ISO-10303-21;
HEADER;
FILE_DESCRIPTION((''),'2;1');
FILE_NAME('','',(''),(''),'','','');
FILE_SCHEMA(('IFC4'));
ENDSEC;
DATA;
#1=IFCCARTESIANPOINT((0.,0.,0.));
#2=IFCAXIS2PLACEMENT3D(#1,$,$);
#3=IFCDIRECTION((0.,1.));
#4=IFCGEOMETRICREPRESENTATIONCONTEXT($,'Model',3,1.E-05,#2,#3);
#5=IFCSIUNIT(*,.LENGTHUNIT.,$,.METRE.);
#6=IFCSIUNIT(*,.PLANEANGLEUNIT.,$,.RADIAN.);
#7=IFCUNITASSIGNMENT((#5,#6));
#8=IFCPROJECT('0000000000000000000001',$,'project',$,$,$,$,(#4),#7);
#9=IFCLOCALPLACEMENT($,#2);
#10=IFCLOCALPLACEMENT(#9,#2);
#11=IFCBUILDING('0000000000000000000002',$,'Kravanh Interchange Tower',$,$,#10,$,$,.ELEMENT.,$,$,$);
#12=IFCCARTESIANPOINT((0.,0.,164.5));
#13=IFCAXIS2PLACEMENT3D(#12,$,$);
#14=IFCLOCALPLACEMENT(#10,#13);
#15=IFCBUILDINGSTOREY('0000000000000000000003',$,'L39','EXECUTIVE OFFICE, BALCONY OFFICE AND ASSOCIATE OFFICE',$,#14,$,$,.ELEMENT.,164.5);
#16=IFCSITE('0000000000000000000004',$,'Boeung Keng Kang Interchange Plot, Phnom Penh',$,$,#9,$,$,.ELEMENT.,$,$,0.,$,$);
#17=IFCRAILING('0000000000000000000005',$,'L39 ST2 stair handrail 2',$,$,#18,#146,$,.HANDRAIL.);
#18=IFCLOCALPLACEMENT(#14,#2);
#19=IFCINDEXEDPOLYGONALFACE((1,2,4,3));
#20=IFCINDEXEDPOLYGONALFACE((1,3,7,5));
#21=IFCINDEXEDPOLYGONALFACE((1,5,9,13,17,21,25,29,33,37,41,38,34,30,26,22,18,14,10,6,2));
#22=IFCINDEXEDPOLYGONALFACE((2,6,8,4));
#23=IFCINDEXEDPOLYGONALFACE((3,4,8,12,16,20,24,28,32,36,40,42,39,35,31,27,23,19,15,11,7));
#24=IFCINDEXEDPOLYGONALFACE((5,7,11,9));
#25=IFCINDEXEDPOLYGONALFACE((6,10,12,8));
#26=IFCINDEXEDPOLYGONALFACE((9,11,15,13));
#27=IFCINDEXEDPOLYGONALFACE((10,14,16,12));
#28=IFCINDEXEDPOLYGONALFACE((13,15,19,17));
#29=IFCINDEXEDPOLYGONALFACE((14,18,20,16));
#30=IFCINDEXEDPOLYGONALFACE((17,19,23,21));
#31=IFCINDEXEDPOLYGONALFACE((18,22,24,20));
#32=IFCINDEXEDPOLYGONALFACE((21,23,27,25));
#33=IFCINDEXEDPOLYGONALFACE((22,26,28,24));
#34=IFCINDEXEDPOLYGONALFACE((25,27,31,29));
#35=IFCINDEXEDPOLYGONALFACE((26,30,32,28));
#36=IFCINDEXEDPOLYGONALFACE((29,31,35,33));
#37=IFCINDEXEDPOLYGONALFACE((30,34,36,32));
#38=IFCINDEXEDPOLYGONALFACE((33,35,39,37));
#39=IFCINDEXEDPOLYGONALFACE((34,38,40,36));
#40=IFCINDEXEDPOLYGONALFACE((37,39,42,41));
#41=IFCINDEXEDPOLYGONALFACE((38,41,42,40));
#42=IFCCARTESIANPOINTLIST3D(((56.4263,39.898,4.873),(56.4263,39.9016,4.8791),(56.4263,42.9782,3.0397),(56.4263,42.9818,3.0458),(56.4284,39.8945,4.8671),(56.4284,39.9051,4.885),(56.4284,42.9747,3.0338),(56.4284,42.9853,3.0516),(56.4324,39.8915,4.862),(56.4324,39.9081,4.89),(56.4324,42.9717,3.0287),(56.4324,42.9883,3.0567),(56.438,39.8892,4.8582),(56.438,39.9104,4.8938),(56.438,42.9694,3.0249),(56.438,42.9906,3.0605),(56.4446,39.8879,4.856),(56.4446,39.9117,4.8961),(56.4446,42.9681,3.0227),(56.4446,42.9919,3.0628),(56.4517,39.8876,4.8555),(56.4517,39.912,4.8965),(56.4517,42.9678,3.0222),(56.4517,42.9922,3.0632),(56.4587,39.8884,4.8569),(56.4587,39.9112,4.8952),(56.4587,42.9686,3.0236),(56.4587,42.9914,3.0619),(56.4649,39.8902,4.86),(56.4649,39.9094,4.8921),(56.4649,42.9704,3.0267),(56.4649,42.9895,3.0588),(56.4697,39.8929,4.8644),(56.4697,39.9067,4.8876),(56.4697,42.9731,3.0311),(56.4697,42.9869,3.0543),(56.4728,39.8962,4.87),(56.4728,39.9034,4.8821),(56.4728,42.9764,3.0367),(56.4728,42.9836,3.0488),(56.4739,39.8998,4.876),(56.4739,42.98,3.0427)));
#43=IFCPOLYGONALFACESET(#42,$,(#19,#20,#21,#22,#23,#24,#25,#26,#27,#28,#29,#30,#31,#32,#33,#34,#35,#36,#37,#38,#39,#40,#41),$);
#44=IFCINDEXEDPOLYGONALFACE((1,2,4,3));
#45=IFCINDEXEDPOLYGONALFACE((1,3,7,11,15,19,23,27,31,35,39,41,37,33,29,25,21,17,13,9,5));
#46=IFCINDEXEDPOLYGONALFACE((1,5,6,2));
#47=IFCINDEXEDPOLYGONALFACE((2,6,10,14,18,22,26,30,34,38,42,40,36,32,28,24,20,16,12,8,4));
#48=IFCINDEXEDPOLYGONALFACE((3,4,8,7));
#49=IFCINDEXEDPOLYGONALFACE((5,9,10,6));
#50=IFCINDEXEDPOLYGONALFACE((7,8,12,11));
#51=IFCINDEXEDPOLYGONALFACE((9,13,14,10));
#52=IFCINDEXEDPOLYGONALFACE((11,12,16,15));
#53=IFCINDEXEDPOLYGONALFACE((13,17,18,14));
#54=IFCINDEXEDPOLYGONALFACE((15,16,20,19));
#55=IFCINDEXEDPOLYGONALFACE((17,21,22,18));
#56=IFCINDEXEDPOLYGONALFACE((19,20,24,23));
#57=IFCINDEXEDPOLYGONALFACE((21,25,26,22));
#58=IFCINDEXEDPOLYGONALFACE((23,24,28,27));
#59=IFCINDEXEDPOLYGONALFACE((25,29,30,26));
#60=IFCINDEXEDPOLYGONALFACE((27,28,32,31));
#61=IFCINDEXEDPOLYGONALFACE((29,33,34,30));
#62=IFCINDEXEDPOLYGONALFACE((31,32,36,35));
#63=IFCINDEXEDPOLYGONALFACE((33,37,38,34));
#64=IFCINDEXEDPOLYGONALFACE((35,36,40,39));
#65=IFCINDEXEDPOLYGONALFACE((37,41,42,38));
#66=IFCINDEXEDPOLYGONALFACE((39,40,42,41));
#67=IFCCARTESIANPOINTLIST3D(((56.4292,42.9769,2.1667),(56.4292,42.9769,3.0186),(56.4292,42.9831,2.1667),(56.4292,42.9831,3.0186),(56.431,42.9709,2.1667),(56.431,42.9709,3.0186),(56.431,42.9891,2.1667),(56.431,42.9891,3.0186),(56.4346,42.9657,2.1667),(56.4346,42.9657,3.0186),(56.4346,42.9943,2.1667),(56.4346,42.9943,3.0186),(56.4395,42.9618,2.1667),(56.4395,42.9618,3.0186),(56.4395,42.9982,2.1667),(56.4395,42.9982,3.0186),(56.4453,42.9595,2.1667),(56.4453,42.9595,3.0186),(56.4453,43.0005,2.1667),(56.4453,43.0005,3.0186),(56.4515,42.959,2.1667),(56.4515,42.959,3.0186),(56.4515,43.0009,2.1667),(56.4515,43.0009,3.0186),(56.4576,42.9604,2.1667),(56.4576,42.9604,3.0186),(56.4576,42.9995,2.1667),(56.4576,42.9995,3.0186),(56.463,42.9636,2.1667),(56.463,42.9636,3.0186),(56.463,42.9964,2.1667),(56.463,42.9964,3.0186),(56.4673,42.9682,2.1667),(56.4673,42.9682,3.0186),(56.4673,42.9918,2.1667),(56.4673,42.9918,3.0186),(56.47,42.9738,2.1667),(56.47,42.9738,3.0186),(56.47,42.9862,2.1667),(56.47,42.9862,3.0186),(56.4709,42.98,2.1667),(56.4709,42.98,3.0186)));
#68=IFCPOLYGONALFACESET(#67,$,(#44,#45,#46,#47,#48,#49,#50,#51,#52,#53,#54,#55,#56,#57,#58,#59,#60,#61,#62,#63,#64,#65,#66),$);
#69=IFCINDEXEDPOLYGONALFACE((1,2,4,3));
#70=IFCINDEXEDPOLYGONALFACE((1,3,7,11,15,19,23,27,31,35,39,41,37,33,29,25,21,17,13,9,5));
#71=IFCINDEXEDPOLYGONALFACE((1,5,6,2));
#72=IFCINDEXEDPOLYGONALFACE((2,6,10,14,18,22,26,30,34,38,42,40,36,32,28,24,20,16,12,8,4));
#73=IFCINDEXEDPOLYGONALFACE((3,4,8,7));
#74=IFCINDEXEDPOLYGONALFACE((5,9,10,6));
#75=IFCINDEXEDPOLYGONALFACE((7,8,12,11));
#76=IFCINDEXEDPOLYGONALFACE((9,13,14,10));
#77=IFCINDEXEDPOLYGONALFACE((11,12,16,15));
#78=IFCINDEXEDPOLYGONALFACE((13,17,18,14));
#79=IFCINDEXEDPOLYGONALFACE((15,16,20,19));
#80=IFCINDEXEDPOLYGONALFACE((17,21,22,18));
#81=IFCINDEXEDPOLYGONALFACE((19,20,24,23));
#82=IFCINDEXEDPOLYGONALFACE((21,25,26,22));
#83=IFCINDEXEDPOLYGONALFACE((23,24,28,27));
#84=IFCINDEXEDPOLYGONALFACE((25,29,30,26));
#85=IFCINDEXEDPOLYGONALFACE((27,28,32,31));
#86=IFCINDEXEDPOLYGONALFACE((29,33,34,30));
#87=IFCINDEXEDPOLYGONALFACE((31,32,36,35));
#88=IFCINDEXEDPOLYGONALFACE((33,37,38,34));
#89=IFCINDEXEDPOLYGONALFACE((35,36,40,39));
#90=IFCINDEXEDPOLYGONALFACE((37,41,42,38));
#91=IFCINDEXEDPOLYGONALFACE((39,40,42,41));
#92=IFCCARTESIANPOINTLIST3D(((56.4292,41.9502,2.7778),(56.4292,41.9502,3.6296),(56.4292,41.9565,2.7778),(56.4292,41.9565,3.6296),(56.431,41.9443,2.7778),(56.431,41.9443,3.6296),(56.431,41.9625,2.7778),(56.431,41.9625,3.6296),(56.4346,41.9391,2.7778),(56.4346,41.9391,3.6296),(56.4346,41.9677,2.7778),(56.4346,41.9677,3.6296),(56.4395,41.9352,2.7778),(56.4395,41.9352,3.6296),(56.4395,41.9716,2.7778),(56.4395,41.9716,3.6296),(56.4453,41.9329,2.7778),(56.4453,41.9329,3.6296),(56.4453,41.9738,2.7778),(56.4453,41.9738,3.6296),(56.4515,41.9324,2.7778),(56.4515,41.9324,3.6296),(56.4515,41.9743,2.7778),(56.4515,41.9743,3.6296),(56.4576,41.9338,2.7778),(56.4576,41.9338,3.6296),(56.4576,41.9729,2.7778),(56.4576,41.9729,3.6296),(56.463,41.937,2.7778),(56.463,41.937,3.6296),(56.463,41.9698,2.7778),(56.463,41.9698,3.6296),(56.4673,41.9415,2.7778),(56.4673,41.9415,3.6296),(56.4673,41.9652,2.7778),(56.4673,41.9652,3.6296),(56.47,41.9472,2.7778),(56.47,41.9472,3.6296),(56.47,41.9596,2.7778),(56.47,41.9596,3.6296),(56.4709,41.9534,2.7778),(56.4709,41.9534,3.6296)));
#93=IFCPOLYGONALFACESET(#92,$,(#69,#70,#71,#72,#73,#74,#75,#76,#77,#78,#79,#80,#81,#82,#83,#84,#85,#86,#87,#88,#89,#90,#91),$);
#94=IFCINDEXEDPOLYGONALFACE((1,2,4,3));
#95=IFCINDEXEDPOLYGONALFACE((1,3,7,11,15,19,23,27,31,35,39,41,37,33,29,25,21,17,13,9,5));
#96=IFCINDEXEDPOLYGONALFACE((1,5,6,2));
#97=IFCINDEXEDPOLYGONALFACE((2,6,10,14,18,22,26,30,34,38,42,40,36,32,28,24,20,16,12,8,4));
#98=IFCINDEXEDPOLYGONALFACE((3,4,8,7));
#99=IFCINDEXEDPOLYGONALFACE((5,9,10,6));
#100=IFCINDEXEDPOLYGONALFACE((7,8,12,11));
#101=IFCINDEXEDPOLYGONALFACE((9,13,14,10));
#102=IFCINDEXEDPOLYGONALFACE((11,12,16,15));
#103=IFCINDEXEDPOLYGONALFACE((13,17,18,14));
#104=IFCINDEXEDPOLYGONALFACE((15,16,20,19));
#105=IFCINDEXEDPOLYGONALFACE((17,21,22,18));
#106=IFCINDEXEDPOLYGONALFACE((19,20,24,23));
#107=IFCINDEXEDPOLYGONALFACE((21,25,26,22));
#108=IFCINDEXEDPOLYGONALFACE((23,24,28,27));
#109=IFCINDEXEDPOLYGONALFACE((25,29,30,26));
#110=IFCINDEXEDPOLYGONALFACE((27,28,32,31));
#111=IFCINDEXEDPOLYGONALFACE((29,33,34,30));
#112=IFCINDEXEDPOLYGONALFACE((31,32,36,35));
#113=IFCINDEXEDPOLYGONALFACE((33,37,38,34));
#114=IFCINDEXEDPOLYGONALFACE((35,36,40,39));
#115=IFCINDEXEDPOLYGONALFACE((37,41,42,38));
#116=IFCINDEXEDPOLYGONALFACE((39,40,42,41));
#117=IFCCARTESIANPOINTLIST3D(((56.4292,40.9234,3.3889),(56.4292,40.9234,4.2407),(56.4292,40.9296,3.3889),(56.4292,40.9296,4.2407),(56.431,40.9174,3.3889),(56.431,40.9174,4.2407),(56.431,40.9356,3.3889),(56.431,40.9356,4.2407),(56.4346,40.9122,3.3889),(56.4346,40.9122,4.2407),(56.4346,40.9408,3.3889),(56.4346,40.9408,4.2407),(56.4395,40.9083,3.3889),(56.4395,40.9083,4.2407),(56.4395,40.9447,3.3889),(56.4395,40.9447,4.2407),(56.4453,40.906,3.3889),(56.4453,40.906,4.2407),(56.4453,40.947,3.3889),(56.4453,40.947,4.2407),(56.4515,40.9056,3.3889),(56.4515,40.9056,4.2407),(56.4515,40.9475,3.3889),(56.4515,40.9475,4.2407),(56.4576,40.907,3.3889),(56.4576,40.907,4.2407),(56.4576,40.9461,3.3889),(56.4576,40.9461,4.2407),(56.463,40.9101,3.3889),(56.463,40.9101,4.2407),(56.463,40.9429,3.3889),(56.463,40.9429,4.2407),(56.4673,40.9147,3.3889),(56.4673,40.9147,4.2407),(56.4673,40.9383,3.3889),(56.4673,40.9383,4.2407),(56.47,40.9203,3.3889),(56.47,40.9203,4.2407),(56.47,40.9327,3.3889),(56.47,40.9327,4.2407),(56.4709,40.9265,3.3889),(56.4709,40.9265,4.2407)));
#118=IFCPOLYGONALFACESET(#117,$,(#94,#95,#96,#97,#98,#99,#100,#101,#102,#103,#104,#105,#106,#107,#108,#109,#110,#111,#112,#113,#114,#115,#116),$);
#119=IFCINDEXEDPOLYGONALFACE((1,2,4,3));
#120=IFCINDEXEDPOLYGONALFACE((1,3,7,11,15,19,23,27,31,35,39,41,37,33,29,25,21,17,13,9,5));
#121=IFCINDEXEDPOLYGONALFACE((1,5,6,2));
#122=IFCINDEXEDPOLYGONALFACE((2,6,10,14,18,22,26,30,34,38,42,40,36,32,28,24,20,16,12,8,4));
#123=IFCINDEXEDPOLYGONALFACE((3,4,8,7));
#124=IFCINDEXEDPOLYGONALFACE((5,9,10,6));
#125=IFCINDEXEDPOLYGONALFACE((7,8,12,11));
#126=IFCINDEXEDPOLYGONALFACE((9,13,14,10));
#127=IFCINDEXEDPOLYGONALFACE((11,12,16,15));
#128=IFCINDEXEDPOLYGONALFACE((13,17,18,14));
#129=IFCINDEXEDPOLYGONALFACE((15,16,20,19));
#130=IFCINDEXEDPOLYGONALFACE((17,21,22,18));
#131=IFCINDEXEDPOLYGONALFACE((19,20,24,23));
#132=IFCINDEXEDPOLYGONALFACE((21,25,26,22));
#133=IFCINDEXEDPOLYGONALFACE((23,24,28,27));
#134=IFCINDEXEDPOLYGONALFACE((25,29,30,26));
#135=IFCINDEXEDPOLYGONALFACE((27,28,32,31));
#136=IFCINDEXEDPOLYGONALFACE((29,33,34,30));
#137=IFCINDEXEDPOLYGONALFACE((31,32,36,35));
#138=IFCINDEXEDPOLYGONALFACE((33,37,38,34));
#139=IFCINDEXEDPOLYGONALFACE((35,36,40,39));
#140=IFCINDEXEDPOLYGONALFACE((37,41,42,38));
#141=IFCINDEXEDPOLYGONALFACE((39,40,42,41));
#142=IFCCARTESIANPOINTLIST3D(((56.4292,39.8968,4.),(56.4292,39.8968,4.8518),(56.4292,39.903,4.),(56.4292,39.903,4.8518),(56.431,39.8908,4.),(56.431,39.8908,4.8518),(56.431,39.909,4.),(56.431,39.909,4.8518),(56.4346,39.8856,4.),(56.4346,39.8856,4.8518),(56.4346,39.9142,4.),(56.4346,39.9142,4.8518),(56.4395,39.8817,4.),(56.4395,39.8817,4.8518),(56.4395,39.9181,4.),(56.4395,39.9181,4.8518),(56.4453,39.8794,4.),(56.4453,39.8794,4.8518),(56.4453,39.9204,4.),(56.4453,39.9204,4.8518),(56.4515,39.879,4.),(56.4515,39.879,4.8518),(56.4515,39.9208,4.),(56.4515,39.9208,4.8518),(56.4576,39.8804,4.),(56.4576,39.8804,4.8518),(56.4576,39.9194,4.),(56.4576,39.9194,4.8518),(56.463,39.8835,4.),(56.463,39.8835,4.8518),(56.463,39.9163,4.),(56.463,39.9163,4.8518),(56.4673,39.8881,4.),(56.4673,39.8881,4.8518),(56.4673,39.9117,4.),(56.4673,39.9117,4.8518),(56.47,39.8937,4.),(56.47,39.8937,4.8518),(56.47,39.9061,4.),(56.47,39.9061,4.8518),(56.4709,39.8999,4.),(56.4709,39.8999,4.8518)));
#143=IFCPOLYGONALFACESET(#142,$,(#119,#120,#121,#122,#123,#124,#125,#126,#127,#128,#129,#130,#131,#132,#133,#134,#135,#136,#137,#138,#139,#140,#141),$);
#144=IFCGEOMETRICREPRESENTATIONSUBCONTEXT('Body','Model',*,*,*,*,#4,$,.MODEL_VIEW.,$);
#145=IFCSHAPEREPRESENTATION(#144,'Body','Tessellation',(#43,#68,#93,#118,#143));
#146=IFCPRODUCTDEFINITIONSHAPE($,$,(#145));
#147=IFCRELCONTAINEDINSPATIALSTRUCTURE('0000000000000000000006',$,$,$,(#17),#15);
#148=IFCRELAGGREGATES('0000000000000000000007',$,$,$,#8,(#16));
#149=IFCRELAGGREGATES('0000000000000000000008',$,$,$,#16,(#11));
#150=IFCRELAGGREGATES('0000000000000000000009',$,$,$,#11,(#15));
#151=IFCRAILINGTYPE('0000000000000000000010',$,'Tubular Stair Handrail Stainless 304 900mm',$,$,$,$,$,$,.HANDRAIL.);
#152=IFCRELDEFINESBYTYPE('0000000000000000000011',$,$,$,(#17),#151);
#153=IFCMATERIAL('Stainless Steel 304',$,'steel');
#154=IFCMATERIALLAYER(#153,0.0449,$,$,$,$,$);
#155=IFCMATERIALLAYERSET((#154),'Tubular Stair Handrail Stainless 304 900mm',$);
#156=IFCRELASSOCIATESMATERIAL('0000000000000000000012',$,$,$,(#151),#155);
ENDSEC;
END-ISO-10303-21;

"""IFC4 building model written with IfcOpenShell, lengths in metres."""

from ifc_helpers import new_model, si_unit, direction, frame, origin, origin_2d, place, context, subcontext, project, spatial, circle, extrude, material, layer, layer_set, type_object, element, save


model = new_model("IFC4")

# Units and contexts
model_context = context("Model", 3, precision=1e-05, world=origin(), true_north=direction((0.0, 1.0)))
body_context = subcontext(model_context, "Body", "Model", "MODEL_VIEW")
ifc_project = project(units=[si_unit("LENGTHUNIT", "METRE"), si_unit("PLANEANGLEUNIT", "RADIAN")], contexts=[model_context])

# Site, building, storey
site_placement = place(None, origin())
site = spatial("IfcSite", under=ifc_project, at=site_placement, Name="Boeung Keng Kang Interchange Plot, Phnom Penh", CompositionType="ELEMENT", RefElevation=0.0)
building_placement = place(site_placement, origin())
building = spatial("IfcBuilding", under=site, at=building_placement, Name="Kravanh Interchange Tower", CompositionType="ELEMENT")
storey_placement = place(building_placement, frame((0.0, 0.0, 164.5)))
storey = spatial("IfcBuildingStorey", under=building, at=storey_placement, Name="L39", Description="EXECUTIVE OFFICE, BALCONY OFFICE AND ASSOCIATE OFFICE", CompositionType="ELEMENT", Elevation=164.5)

# Railing
ifc_material_1 = material(Name="Stainless Steel 304", Category="steel")
ifc_layer_1 = layer(ifc_material_1, 0.0449)
ifc_layer_set_1 = layer_set([ifc_layer_1], Name="Tubular Stair Handrail Stainless 304 900mm")
railing_type_1 = type_object("IfcRailingType", Name="Tubular Stair Handrail Stainless 304 900mm", PredefinedType="HANDRAIL", material=ifc_layer_set_1)
railing_1_placement = place(storey_placement, frame((56.45, 42.98, 2.1667)))
element("IfcRailing", 1, at=railing_1_placement, inside=storey, type_object=railing_type_1, Name="L39 ST2 stair handrail 2", PredefinedType="HANDRAIL", context=body_context, shape_type="SweptSolid", body=[
    extrude(circle(Radius=0.0239, at=origin_2d()), frame((0.0, 0.0, 0.876), z_axis=(0.0, -0.859309, 0.511458), x_axis=(1.0, 0.0, 0.0)), (0.0, 0.0, 1.0), 3.5845),
    extrude(circle(Radius=0.021, at=origin_2d()), origin(), (0.0, 0.0, 1.0), 0.8518),
    extrude(circle(Radius=0.021, at=origin_2d()), frame((0.0, -1.0266, 0.6111)), (0.0, 0.0, 1.0), 0.8518),
    extrude(circle(Radius=0.021, at=origin_2d()), frame((0.0, -2.0535, 1.2222)), (0.0, 0.0, 1.0), 0.8518),
    extrude(circle(Radius=0.021, at=origin_2d()), frame((0.0, -3.0801, 1.8333)), (0.0, 0.0, 1.0), 0.8518),
])

save(model, "model.ifc")
